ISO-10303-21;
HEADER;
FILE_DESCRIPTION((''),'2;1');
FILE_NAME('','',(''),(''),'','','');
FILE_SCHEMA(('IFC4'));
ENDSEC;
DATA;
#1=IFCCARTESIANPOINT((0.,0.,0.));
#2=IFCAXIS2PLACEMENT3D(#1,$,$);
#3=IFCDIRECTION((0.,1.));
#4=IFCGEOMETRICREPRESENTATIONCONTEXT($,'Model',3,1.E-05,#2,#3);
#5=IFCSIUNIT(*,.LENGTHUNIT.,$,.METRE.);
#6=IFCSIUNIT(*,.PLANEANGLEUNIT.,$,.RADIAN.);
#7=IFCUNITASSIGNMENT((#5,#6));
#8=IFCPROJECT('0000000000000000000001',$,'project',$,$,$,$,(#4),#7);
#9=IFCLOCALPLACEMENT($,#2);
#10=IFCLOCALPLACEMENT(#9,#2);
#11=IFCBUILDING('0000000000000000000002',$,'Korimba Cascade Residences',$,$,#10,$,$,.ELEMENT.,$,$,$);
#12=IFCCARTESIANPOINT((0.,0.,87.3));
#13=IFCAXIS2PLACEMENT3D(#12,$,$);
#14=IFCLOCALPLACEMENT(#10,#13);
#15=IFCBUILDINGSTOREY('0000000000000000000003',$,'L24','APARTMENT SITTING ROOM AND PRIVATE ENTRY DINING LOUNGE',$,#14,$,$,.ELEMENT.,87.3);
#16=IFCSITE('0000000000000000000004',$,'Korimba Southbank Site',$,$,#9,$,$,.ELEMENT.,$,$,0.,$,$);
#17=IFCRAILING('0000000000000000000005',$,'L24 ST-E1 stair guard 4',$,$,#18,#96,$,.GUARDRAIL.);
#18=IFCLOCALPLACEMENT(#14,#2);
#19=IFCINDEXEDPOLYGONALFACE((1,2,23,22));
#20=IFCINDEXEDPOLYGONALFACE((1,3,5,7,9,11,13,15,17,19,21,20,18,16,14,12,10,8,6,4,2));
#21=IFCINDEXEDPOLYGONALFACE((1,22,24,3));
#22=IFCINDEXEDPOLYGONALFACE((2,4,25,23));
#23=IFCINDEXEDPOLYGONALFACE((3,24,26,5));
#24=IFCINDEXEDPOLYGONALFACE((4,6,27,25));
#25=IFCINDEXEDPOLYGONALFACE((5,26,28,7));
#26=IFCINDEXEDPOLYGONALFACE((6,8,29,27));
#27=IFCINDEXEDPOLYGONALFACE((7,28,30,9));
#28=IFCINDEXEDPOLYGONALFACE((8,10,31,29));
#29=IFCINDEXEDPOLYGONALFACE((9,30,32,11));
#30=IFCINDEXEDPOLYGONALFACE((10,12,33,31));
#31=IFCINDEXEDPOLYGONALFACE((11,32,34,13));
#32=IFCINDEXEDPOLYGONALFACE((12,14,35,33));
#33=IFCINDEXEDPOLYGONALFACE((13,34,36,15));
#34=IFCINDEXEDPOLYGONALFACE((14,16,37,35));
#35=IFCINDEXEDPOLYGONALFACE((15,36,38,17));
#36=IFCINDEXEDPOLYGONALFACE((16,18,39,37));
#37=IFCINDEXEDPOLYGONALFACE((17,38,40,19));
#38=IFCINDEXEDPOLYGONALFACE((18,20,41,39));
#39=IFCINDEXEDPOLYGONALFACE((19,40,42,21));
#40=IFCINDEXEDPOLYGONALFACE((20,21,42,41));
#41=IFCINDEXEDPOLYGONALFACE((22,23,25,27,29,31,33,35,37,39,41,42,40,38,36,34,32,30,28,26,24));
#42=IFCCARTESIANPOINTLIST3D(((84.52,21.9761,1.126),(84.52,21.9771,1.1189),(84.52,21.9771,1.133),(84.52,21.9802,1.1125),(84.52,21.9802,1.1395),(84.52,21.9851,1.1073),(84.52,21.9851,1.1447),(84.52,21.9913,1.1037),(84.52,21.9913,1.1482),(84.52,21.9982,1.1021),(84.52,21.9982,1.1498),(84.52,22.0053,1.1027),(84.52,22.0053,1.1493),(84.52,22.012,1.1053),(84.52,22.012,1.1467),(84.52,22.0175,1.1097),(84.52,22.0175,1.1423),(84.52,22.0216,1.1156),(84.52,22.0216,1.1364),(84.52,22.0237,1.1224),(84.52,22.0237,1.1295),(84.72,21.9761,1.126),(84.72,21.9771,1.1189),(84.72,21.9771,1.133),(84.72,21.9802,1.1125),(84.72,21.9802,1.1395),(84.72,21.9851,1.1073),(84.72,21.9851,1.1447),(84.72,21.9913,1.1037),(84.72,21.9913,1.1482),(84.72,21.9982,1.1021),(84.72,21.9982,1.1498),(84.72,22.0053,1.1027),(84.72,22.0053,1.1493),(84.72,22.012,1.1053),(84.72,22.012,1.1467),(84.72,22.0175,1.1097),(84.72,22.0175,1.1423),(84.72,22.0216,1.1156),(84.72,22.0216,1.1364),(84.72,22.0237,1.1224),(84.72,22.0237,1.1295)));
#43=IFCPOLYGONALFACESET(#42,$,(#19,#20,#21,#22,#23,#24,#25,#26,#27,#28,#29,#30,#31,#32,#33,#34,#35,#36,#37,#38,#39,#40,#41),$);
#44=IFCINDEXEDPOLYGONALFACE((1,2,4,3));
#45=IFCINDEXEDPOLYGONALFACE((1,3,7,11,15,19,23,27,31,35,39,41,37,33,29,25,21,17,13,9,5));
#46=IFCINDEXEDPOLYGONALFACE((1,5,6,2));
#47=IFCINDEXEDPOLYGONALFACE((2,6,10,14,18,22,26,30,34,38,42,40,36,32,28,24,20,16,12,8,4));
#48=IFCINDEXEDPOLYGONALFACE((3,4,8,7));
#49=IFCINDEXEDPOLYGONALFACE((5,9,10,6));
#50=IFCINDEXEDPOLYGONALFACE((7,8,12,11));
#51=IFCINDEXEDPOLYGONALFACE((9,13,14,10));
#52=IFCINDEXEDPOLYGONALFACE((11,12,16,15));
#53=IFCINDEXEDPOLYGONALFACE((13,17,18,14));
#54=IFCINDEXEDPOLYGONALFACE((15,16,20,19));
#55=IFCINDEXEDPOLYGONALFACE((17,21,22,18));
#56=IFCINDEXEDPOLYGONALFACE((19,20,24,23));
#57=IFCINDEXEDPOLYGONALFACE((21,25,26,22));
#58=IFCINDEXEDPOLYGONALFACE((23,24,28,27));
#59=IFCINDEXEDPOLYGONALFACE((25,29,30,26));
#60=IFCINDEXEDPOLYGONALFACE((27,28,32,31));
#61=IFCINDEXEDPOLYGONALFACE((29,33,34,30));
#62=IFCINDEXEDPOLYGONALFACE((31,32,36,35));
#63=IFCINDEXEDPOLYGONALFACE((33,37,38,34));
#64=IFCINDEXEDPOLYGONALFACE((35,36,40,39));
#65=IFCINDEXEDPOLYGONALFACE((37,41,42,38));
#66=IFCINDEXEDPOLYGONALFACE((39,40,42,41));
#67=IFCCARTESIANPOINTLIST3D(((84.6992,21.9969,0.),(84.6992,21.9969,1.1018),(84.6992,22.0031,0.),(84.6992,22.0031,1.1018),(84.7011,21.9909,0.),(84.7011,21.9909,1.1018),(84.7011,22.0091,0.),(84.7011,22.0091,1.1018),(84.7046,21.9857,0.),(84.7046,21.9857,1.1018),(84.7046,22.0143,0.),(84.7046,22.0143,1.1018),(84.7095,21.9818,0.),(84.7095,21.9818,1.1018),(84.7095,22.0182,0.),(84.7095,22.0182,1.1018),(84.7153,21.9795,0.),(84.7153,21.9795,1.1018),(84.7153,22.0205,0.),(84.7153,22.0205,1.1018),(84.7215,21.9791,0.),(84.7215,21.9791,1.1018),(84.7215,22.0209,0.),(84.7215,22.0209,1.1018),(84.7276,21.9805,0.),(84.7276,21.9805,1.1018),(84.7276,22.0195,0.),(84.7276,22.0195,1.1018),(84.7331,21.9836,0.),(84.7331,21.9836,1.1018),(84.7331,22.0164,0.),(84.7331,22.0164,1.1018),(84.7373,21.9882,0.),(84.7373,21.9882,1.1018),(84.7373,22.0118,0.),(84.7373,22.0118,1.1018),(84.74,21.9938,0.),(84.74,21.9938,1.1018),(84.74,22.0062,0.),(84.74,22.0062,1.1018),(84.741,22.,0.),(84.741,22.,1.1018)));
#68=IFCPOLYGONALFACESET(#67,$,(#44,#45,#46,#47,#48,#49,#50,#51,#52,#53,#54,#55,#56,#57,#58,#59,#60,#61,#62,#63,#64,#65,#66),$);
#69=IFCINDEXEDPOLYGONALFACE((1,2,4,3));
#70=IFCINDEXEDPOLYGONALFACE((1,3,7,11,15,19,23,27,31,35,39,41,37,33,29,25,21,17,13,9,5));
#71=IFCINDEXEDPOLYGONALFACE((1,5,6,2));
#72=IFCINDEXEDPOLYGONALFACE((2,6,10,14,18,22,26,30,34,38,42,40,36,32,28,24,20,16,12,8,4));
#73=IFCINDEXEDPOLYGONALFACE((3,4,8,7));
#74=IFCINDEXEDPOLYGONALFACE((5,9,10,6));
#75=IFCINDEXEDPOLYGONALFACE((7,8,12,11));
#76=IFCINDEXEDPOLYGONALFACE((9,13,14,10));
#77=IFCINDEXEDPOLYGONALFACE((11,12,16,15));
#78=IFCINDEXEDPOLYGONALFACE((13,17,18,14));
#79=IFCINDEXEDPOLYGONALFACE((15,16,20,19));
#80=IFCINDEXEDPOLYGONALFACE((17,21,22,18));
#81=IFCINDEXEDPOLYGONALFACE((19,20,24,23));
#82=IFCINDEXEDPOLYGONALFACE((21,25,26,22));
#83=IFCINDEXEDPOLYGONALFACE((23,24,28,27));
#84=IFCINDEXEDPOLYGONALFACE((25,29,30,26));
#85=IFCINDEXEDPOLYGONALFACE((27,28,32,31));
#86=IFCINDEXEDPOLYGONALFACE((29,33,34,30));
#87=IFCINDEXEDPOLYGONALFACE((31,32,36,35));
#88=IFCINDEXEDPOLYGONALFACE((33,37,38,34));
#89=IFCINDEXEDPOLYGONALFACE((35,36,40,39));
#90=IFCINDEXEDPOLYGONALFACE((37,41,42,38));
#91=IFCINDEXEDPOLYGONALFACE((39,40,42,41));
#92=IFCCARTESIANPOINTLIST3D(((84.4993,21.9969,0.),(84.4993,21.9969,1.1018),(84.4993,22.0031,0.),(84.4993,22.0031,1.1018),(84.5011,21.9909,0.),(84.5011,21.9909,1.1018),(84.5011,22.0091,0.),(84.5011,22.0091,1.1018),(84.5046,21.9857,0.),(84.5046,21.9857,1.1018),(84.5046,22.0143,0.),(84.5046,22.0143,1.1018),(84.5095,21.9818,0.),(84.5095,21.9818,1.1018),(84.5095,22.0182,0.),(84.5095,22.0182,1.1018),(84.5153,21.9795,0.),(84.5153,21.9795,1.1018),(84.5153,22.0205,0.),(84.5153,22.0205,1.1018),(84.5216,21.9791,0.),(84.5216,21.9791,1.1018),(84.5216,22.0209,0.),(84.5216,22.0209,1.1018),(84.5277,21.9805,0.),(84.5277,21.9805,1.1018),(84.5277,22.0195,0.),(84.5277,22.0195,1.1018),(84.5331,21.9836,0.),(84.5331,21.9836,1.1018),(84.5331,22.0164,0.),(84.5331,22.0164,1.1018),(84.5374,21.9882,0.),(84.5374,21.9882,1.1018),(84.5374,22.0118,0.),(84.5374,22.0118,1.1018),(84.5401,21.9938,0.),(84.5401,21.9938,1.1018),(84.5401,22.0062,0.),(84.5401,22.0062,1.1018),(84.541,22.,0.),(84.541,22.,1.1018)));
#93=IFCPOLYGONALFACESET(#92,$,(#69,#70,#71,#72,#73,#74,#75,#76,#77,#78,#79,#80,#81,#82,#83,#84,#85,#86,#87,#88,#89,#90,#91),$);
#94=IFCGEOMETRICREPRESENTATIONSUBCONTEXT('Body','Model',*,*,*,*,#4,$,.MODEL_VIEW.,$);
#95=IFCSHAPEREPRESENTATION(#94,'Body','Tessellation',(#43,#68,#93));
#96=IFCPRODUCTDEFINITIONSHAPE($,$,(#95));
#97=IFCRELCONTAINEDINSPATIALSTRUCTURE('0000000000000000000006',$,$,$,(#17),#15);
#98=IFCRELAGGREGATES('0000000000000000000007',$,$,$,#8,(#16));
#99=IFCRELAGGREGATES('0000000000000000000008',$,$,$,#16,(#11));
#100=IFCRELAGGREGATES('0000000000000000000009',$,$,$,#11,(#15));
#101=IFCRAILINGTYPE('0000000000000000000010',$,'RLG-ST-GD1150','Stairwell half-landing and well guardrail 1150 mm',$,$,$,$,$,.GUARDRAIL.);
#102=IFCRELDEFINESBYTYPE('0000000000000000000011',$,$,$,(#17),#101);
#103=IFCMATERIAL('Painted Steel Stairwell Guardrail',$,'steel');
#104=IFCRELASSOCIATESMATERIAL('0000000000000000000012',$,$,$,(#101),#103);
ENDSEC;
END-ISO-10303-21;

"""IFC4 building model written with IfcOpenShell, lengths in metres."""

from ifc_helpers import new_model, si_unit, direction, frame, origin, origin_2d, place, context, subcontext, project, spatial, circle, extrude, material, type_object, element, save


model = new_model("IFC4")

# Units and contexts
model_context = context("Model", 3, precision=1e-05, world=origin(), true_north=direction((0.0, 1.0)))
body_context = subcontext(model_context, "Body", "Model", "MODEL_VIEW")
ifc_project = project(units=[si_unit("LENGTHUNIT", "METRE"), si_unit("PLANEANGLEUNIT", "RADIAN")], contexts=[model_context])

# Site, building, storey
site_placement = place(None, origin())
site = spatial("IfcSite", under=ifc_project, at=site_placement, Name="Korimba Southbank Site", CompositionType="ELEMENT", RefElevation=0.0)
building_placement = place(site_placement, origin())
building = spatial("IfcBuilding", under=site, at=building_placement, Name="Korimba Cascade Residences", CompositionType="ELEMENT")
storey_placement = place(building_placement, frame((0.0, 0.0, 87.3)))
storey = spatial("IfcBuildingStorey", under=building, at=storey_placement, Name="L24", Description="APARTMENT SITTING ROOM AND PRIVATE ENTRY DINING LOUNGE", CompositionType="ELEMENT", Elevation=87.3)

# Railing
ifc_material_1 = material(Name="Painted Steel Stairwell Guardrail", Category="steel")
railing_type_1 = type_object("IfcRailingType", Name="RLG-ST-GD1150", Description="Stairwell half-landing and well guardrail 1150 mm", PredefinedType="GUARDRAIL", material=ifc_material_1)
railing_1_placement = place(storey_placement, frame((84.72, 22.0, 0.0)))
element("IfcRailing", 1, at=railing_1_placement, inside=storey, type_object=railing_type_1, Name="L24 ST-E1 stair guard 4", PredefinedType="GUARDRAIL", context=body_context, shape_type="SweptSolid", body=[
    extrude(circle(Radius=0.0239, at=origin_2d()), frame((0.0, 0.0, 1.126), z_axis=(-1.0, 0.0, 0.0), x_axis=(0.0, -1.0, 0.0)), (0.0, 0.0, 1.0), 0.2),
    extrude(circle(Radius=0.021, at=origin_2d()), origin(), (0.0, 0.0, 1.0), 1.1018),
    extrude(circle(Radius=0.021, at=origin_2d()), frame((-0.2, 0.0, 0.0)), (0.0, 0.0, 1.0), 1.1018),
])

save(model, "model.ifc")
